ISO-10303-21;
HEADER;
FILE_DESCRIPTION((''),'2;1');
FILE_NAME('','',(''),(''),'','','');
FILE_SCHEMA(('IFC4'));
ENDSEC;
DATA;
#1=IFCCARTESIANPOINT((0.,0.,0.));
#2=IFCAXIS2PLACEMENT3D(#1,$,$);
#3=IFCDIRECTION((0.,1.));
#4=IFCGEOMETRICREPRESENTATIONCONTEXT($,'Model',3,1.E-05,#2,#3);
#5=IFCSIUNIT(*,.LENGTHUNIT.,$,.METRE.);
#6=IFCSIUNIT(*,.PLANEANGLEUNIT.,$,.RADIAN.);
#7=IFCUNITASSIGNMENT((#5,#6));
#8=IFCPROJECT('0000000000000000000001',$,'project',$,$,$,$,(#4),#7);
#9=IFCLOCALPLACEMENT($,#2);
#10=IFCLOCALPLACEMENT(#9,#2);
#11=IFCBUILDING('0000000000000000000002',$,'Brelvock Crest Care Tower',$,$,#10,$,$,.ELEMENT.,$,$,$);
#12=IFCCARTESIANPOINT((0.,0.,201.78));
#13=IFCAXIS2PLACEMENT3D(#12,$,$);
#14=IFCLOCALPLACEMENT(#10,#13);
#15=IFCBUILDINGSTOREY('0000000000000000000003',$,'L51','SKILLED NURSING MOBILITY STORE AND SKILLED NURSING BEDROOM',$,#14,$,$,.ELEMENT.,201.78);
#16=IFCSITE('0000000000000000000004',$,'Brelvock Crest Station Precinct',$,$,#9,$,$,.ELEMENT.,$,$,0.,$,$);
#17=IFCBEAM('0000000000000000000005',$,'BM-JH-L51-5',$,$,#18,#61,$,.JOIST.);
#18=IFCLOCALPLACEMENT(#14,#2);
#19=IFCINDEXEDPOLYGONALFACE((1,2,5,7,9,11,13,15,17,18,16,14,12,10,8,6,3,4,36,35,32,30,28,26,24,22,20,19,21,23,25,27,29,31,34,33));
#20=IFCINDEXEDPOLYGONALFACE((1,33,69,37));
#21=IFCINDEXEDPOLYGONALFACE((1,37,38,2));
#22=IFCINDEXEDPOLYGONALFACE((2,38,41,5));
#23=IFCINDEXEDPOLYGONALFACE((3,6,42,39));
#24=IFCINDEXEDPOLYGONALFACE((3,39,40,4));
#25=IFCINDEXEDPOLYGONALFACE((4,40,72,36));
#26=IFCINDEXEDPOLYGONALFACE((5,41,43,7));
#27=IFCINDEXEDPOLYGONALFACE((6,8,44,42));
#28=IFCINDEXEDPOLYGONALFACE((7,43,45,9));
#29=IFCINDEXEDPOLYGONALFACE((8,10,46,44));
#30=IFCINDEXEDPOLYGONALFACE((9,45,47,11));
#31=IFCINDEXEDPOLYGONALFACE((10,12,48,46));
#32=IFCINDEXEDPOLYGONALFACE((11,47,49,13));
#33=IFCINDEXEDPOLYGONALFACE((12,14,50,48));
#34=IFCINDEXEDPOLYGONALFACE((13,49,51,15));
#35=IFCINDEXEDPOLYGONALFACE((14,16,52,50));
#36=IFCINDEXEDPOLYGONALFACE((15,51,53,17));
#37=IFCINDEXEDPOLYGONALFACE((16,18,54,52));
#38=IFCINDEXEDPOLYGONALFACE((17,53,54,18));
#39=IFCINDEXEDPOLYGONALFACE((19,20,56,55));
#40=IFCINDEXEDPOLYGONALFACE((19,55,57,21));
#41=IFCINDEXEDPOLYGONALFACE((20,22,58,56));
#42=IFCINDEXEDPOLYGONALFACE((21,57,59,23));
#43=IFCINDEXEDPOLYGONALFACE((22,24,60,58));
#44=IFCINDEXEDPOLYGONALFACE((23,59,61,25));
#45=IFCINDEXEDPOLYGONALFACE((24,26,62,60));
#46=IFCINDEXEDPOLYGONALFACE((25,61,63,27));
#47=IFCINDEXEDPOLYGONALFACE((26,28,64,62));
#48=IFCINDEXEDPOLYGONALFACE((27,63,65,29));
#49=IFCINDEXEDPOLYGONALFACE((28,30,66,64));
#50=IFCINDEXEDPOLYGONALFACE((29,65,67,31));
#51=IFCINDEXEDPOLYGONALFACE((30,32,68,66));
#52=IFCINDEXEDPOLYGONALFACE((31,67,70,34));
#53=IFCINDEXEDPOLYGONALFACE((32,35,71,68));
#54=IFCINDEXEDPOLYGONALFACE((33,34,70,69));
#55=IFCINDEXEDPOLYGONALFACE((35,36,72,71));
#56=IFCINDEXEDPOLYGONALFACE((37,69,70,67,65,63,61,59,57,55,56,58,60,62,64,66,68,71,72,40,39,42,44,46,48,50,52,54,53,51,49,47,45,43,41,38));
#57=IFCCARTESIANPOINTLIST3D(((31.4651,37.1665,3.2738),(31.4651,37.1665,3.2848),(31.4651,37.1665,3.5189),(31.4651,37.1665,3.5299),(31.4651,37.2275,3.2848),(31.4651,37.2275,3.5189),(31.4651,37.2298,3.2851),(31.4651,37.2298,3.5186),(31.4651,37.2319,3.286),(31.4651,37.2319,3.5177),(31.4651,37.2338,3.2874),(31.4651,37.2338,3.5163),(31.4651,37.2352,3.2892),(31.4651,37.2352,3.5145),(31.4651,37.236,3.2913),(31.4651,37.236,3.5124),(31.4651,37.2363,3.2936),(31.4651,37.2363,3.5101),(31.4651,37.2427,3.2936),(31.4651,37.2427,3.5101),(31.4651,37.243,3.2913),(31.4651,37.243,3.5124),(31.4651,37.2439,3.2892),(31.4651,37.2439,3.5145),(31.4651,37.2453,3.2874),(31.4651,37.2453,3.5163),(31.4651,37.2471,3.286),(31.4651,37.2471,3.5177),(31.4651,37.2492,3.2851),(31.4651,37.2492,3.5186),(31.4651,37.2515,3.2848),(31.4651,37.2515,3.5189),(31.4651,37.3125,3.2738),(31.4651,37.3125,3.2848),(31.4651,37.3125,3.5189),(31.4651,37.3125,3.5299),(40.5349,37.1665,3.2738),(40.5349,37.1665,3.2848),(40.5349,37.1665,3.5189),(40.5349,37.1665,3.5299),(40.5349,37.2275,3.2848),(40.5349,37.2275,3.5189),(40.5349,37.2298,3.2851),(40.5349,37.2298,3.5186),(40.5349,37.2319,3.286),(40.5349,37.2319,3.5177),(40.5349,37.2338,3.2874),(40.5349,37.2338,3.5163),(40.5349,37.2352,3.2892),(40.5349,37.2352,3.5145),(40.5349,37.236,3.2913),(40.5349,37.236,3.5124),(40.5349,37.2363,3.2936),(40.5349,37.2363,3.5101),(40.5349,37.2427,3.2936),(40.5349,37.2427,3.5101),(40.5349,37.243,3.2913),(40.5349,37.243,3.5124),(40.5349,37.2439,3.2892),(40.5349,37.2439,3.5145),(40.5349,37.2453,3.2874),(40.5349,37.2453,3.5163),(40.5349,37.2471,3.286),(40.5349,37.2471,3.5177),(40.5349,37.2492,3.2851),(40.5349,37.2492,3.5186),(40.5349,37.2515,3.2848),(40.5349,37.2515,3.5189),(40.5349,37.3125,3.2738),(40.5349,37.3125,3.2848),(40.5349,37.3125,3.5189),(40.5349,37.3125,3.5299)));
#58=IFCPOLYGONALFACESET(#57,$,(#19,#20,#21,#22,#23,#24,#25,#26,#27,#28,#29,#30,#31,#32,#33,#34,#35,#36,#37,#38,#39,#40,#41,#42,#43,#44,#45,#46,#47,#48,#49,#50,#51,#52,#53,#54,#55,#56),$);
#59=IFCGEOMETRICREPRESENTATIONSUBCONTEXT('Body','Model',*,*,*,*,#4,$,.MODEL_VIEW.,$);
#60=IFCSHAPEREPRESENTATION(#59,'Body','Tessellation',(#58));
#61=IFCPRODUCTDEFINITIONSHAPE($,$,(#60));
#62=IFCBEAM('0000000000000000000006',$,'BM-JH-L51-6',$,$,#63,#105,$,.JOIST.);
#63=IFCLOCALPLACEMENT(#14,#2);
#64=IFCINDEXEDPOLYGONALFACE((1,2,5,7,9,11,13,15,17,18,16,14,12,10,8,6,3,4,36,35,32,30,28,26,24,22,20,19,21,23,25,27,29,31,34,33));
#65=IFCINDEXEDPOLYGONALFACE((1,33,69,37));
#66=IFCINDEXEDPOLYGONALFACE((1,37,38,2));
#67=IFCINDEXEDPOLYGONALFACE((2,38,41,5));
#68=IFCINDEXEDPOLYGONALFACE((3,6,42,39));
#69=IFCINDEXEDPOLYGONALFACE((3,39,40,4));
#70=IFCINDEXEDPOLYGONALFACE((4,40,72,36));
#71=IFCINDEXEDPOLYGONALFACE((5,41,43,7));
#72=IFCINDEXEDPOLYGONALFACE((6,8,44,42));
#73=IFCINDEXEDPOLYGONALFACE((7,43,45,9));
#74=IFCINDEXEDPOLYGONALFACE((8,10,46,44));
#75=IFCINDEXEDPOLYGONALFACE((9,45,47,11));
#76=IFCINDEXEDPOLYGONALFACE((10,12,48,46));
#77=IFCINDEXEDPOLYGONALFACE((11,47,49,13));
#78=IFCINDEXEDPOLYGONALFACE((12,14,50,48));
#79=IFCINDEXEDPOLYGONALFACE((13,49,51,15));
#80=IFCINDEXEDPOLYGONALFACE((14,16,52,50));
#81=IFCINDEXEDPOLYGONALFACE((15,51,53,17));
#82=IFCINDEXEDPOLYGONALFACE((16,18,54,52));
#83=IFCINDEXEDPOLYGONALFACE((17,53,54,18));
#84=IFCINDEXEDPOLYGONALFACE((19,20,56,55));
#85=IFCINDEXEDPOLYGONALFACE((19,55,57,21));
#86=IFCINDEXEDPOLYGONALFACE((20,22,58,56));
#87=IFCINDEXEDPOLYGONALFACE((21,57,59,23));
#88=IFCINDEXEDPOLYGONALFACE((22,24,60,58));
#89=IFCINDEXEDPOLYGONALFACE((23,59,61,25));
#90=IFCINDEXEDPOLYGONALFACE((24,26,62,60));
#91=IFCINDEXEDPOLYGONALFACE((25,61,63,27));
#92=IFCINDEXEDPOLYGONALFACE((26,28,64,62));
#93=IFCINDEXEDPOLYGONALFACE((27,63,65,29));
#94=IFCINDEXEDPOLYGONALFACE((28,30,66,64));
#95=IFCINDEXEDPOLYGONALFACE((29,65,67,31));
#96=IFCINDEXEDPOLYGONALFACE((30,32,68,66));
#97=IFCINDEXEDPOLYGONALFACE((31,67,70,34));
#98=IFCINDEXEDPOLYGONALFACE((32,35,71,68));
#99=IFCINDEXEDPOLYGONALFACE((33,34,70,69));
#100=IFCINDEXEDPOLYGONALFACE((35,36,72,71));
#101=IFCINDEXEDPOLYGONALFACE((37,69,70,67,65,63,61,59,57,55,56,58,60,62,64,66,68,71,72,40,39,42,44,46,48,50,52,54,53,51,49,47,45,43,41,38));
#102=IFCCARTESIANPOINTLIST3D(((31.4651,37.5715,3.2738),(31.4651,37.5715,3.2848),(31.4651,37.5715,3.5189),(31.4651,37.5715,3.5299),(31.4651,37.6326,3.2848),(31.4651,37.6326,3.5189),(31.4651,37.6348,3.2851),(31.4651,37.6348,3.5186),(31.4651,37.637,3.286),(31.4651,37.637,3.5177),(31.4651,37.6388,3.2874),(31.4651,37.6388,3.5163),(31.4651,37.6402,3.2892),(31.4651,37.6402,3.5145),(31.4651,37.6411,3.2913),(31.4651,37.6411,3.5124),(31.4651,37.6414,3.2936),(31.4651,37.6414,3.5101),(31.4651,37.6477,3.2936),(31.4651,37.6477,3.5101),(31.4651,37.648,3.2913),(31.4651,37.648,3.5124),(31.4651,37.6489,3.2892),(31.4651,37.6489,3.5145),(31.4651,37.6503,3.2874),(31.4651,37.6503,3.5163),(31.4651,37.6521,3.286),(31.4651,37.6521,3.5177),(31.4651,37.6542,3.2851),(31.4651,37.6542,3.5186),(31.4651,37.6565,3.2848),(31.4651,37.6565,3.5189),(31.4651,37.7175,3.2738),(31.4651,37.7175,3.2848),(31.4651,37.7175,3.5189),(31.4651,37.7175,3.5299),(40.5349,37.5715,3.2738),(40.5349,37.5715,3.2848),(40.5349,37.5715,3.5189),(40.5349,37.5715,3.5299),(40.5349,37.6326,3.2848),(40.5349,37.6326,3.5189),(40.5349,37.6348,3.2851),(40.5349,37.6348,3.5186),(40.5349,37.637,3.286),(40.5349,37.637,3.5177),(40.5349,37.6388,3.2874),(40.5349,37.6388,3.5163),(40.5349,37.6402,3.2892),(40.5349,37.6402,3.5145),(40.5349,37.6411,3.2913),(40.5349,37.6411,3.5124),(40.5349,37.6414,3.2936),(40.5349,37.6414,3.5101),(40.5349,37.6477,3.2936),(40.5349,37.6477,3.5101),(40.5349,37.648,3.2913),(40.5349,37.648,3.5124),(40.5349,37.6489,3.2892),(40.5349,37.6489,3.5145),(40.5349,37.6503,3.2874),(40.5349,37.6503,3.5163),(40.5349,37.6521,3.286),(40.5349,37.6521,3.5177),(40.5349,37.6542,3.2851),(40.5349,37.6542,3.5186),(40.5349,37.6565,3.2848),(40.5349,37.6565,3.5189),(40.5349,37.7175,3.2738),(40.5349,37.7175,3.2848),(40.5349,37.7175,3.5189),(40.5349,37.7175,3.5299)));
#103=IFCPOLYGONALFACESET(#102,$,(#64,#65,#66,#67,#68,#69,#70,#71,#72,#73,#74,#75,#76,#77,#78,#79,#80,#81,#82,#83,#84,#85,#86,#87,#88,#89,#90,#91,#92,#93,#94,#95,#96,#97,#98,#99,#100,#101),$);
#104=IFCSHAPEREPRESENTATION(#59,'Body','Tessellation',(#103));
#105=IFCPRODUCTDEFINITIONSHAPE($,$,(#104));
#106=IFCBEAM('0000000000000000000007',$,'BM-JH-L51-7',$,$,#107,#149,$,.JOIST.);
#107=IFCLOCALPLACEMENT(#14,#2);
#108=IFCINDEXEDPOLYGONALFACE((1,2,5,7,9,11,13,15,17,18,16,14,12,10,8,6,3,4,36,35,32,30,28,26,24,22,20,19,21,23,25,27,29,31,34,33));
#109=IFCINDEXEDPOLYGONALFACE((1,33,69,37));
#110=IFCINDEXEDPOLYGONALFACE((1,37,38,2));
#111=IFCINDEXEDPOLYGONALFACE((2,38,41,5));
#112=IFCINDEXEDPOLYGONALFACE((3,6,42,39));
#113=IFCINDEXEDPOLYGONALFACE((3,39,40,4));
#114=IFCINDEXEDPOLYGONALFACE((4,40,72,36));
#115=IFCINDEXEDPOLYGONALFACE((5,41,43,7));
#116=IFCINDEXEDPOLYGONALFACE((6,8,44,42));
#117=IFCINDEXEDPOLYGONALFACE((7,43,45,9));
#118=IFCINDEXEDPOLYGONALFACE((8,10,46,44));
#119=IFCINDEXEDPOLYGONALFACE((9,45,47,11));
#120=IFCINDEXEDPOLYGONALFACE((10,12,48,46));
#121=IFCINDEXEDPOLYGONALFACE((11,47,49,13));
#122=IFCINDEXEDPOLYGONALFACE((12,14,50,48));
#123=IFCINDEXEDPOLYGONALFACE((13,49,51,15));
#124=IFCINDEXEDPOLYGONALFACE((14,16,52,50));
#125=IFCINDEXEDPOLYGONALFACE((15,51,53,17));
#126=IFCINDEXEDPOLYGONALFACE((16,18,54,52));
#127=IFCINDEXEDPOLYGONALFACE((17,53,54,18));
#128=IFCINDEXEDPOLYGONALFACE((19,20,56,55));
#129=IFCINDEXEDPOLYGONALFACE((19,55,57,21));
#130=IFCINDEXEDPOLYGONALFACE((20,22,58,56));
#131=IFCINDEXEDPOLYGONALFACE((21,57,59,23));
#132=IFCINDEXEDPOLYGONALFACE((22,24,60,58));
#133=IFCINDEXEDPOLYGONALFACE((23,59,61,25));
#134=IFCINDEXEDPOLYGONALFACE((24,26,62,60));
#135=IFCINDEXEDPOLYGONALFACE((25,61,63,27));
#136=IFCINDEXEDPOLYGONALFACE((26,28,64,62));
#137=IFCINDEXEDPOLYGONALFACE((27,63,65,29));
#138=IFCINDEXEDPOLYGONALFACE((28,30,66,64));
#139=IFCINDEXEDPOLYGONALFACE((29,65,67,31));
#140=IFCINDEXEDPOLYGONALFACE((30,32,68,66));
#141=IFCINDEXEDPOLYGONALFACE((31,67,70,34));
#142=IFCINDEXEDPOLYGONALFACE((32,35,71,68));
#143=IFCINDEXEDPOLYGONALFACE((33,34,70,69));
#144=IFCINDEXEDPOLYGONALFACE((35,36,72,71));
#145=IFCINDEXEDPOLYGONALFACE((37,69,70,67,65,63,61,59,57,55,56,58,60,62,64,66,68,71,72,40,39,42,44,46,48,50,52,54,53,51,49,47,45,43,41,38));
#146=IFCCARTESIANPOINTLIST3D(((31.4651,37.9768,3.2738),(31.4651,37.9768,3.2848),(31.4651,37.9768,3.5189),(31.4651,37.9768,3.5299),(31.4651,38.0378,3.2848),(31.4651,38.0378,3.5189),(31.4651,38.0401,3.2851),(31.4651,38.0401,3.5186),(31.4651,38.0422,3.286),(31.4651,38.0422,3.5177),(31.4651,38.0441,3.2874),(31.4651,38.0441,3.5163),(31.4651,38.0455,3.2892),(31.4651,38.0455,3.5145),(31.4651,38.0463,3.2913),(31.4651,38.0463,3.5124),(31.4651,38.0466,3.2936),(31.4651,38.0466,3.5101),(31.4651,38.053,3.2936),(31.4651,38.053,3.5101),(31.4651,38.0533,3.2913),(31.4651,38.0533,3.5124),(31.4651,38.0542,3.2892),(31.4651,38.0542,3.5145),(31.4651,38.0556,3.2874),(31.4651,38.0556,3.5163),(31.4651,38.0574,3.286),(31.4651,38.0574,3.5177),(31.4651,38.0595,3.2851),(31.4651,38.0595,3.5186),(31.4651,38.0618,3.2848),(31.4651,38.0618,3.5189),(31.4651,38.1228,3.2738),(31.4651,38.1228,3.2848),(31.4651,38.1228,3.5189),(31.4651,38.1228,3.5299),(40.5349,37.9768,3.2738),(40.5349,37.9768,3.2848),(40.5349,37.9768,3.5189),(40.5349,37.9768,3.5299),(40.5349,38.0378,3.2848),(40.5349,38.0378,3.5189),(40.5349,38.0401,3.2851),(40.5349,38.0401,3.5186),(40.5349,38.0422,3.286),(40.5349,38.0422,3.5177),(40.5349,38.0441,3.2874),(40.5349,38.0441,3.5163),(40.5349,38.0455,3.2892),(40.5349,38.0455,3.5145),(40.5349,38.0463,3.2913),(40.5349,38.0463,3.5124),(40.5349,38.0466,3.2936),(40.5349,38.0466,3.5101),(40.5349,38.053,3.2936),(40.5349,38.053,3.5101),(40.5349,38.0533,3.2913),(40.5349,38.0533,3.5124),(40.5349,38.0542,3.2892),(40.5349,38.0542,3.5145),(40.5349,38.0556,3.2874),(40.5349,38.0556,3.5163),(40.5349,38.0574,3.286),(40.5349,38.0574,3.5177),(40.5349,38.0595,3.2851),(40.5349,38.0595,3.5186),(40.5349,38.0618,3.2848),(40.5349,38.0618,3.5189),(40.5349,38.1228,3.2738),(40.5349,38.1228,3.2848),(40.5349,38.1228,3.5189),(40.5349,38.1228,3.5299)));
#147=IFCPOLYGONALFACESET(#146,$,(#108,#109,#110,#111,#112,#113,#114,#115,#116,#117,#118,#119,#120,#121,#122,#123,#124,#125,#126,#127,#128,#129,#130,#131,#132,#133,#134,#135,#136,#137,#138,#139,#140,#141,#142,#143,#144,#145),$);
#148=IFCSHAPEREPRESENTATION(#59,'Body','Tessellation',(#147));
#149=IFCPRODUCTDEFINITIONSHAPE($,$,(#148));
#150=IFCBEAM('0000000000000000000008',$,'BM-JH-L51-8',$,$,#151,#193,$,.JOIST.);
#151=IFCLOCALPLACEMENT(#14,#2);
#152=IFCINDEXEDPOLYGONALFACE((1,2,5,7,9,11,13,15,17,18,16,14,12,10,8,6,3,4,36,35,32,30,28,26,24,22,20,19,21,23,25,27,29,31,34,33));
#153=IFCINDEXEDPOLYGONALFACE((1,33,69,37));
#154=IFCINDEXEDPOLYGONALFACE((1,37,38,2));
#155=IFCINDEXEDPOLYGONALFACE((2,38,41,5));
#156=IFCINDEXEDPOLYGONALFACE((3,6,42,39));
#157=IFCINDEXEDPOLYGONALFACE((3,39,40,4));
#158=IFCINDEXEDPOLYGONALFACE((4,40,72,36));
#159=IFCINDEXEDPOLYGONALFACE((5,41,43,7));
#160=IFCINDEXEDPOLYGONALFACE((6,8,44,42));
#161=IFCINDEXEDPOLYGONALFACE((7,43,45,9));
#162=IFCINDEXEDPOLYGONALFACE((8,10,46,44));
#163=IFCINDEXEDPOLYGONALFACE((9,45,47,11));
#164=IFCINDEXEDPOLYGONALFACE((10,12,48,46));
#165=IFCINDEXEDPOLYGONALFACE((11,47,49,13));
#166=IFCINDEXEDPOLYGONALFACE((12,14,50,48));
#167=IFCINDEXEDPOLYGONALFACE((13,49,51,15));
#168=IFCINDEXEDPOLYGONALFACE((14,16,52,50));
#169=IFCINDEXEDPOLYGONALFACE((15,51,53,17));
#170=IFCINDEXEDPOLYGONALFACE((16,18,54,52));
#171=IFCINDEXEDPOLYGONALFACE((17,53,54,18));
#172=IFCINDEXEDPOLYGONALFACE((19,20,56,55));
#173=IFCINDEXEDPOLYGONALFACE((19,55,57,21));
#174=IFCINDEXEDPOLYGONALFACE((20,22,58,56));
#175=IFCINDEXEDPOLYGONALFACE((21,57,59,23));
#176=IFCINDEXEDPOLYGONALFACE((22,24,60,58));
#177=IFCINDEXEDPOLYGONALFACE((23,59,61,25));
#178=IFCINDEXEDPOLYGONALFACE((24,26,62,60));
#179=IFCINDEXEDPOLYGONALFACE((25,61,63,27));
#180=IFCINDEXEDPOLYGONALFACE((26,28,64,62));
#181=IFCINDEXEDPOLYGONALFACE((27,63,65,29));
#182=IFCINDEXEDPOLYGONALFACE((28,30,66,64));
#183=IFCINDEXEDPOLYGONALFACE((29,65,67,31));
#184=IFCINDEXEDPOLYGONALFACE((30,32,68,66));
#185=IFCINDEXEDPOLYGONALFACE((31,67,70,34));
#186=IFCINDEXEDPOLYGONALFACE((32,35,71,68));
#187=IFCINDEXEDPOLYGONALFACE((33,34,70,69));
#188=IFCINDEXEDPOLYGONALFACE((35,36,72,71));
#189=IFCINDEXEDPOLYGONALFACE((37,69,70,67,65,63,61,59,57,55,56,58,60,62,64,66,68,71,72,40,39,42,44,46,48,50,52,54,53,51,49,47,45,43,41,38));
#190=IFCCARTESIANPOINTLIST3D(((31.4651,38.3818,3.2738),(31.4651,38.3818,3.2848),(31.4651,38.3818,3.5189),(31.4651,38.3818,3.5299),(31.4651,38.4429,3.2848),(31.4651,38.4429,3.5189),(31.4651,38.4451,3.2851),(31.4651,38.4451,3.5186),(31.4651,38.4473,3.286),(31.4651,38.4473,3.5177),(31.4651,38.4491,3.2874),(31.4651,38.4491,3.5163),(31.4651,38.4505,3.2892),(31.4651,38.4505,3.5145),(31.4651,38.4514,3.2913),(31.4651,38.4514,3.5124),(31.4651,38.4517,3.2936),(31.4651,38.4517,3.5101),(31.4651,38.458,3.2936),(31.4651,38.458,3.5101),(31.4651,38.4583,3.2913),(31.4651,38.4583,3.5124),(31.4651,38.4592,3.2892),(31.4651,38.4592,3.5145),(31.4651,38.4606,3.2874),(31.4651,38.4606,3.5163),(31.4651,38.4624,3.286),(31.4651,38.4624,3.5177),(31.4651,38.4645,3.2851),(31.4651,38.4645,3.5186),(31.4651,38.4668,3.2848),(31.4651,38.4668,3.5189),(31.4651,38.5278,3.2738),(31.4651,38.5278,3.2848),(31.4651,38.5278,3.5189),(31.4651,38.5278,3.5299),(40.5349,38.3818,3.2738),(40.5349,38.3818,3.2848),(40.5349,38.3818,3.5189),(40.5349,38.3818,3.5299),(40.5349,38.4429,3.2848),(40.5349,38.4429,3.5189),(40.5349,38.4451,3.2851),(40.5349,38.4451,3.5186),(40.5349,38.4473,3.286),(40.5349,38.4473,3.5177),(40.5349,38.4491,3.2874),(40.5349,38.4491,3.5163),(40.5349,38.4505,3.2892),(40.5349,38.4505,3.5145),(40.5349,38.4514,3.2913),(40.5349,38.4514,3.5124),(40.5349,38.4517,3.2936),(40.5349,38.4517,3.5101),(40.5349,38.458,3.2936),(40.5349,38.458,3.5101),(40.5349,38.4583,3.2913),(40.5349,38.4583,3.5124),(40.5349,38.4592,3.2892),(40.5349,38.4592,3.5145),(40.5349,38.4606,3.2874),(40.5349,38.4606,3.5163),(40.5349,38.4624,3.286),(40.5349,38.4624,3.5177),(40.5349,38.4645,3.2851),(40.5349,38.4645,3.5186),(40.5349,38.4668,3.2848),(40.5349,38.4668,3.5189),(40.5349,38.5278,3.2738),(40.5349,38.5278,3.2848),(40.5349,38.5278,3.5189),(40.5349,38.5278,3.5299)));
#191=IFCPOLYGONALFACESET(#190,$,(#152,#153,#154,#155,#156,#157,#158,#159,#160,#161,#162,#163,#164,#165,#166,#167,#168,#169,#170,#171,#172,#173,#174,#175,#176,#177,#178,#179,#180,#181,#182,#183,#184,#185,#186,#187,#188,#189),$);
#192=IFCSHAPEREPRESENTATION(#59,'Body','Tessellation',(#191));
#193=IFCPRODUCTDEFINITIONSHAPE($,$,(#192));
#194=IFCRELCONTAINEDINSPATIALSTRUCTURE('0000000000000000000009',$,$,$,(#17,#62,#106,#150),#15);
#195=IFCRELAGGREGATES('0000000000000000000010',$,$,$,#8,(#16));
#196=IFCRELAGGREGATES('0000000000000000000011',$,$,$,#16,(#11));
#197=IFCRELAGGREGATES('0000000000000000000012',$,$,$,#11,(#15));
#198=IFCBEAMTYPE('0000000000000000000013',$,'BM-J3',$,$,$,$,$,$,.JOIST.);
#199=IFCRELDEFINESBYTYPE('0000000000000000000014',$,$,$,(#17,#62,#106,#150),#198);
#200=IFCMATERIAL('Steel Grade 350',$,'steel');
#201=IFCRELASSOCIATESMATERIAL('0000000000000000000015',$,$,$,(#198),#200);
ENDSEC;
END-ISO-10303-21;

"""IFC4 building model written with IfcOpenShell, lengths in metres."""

from ifc_helpers import new_model, si_unit, direction, frame, origin, origin_2d, place, context, subcontext, project, spatial, i_section, extrude, source, transform, mapped, material, material_profile, profile_set, type_object, element, save


model = new_model("IFC4")

# Units and contexts
model_context = context("Model", 3, precision=1e-05, world=origin(), true_north=direction((0.0, 1.0)))
body_context = subcontext(model_context, "Body", "Model", "MODEL_VIEW")
ifc_project = project(units=[si_unit("LENGTHUNIT", "METRE"), si_unit("PLANEANGLEUNIT", "RADIAN")], contexts=[model_context])

# Site, building, storey
site_placement = place(None, origin())
site = spatial("IfcSite", under=ifc_project, at=site_placement, Name="Brelvock Crest Station Precinct", CompositionType="ELEMENT", RefElevation=0.0)
building_placement = place(site_placement, origin())
building = spatial("IfcBuilding", under=site, at=building_placement, Name="Brelvock Crest Care Tower", CompositionType="ELEMENT")
storey_placement = place(building_placement, frame((0.0, 0.0, 201.78)))
storey = spatial("IfcBuildingStorey", under=building, at=storey_placement, Name="L51", Description="SKILLED NURSING MOBILITY STORE AND SKILLED NURSING BEDROOM", CompositionType="ELEMENT", Elevation=201.78)

# Beams
ifc_material_1 = material(Name="Steel Grade 350", Category="steel")
ifc_material_profile_1 = material_profile(ifc_material_1, i_section(OverallWidth=0.146, OverallDepth=0.2561, WebThickness=0.0063, FlangeThickness=0.011, FilletRadius=0.0088, at=origin_2d()), Name="250UB37.3")
ifc_profile_set_1 = profile_set([ifc_material_profile_1], Name="Steel Grade 350")
beam_type_1 = type_object("IfcBeamType", Name="BM-J3", PredefinedType="JOIST", material=ifc_profile_set_1)
shared_shape_1 = source(origin(), body_context, "Body", "SweptSolid", [
    extrude(i_section(OverallWidth=0.146, OverallDepth=0.2561, WebThickness=0.0063, FlangeThickness=0.011, FilletRadius=0.0088, at=origin_2d()), origin(), (0.0, 0.0, 1.0), 9.0698),
])
for number, where, z_axis, x_axis, name in (
    (1, (31.4651, 37.2395, 3.4019), (1.0, 0.0, 0.0), (0.0, 1.0, 0.0), "BM-JH-L51-5"),
    (2, (31.4651, 37.6445, 3.4019), (1.0, 0.0, 0.0), (0.0, 1.0, 0.0), "BM-JH-L51-6"),
    (3, (31.4651, 38.0498, 3.4019), (1.0, 0.0, 0.0), (0.0, 1.0, 0.0), "BM-JH-L51-7"),
    (4, (31.4651, 38.4548, 3.4019), (1.0, 0.0, 0.0), (0.0, 1.0, 0.0), "BM-JH-L51-8"),
):
    element("IfcBeam", number, at=place(storey_placement, frame(where, z_axis=z_axis, x_axis=x_axis)), inside=storey, type_object=beam_type_1, Name=name, PredefinedType="JOIST", context=body_context, shape_type="MappedRepresentation", body=[
        mapped(shared_shape_1, transform((0.0, 0.0, 0.0), x_axis=(1.0, 0.0, 0.0), y_axis=(0.0, 1.0, 0.0), z_axis=(0.0, 0.0, 1.0), scale=1.0)),
    ])

save(model, "model.ifc")
